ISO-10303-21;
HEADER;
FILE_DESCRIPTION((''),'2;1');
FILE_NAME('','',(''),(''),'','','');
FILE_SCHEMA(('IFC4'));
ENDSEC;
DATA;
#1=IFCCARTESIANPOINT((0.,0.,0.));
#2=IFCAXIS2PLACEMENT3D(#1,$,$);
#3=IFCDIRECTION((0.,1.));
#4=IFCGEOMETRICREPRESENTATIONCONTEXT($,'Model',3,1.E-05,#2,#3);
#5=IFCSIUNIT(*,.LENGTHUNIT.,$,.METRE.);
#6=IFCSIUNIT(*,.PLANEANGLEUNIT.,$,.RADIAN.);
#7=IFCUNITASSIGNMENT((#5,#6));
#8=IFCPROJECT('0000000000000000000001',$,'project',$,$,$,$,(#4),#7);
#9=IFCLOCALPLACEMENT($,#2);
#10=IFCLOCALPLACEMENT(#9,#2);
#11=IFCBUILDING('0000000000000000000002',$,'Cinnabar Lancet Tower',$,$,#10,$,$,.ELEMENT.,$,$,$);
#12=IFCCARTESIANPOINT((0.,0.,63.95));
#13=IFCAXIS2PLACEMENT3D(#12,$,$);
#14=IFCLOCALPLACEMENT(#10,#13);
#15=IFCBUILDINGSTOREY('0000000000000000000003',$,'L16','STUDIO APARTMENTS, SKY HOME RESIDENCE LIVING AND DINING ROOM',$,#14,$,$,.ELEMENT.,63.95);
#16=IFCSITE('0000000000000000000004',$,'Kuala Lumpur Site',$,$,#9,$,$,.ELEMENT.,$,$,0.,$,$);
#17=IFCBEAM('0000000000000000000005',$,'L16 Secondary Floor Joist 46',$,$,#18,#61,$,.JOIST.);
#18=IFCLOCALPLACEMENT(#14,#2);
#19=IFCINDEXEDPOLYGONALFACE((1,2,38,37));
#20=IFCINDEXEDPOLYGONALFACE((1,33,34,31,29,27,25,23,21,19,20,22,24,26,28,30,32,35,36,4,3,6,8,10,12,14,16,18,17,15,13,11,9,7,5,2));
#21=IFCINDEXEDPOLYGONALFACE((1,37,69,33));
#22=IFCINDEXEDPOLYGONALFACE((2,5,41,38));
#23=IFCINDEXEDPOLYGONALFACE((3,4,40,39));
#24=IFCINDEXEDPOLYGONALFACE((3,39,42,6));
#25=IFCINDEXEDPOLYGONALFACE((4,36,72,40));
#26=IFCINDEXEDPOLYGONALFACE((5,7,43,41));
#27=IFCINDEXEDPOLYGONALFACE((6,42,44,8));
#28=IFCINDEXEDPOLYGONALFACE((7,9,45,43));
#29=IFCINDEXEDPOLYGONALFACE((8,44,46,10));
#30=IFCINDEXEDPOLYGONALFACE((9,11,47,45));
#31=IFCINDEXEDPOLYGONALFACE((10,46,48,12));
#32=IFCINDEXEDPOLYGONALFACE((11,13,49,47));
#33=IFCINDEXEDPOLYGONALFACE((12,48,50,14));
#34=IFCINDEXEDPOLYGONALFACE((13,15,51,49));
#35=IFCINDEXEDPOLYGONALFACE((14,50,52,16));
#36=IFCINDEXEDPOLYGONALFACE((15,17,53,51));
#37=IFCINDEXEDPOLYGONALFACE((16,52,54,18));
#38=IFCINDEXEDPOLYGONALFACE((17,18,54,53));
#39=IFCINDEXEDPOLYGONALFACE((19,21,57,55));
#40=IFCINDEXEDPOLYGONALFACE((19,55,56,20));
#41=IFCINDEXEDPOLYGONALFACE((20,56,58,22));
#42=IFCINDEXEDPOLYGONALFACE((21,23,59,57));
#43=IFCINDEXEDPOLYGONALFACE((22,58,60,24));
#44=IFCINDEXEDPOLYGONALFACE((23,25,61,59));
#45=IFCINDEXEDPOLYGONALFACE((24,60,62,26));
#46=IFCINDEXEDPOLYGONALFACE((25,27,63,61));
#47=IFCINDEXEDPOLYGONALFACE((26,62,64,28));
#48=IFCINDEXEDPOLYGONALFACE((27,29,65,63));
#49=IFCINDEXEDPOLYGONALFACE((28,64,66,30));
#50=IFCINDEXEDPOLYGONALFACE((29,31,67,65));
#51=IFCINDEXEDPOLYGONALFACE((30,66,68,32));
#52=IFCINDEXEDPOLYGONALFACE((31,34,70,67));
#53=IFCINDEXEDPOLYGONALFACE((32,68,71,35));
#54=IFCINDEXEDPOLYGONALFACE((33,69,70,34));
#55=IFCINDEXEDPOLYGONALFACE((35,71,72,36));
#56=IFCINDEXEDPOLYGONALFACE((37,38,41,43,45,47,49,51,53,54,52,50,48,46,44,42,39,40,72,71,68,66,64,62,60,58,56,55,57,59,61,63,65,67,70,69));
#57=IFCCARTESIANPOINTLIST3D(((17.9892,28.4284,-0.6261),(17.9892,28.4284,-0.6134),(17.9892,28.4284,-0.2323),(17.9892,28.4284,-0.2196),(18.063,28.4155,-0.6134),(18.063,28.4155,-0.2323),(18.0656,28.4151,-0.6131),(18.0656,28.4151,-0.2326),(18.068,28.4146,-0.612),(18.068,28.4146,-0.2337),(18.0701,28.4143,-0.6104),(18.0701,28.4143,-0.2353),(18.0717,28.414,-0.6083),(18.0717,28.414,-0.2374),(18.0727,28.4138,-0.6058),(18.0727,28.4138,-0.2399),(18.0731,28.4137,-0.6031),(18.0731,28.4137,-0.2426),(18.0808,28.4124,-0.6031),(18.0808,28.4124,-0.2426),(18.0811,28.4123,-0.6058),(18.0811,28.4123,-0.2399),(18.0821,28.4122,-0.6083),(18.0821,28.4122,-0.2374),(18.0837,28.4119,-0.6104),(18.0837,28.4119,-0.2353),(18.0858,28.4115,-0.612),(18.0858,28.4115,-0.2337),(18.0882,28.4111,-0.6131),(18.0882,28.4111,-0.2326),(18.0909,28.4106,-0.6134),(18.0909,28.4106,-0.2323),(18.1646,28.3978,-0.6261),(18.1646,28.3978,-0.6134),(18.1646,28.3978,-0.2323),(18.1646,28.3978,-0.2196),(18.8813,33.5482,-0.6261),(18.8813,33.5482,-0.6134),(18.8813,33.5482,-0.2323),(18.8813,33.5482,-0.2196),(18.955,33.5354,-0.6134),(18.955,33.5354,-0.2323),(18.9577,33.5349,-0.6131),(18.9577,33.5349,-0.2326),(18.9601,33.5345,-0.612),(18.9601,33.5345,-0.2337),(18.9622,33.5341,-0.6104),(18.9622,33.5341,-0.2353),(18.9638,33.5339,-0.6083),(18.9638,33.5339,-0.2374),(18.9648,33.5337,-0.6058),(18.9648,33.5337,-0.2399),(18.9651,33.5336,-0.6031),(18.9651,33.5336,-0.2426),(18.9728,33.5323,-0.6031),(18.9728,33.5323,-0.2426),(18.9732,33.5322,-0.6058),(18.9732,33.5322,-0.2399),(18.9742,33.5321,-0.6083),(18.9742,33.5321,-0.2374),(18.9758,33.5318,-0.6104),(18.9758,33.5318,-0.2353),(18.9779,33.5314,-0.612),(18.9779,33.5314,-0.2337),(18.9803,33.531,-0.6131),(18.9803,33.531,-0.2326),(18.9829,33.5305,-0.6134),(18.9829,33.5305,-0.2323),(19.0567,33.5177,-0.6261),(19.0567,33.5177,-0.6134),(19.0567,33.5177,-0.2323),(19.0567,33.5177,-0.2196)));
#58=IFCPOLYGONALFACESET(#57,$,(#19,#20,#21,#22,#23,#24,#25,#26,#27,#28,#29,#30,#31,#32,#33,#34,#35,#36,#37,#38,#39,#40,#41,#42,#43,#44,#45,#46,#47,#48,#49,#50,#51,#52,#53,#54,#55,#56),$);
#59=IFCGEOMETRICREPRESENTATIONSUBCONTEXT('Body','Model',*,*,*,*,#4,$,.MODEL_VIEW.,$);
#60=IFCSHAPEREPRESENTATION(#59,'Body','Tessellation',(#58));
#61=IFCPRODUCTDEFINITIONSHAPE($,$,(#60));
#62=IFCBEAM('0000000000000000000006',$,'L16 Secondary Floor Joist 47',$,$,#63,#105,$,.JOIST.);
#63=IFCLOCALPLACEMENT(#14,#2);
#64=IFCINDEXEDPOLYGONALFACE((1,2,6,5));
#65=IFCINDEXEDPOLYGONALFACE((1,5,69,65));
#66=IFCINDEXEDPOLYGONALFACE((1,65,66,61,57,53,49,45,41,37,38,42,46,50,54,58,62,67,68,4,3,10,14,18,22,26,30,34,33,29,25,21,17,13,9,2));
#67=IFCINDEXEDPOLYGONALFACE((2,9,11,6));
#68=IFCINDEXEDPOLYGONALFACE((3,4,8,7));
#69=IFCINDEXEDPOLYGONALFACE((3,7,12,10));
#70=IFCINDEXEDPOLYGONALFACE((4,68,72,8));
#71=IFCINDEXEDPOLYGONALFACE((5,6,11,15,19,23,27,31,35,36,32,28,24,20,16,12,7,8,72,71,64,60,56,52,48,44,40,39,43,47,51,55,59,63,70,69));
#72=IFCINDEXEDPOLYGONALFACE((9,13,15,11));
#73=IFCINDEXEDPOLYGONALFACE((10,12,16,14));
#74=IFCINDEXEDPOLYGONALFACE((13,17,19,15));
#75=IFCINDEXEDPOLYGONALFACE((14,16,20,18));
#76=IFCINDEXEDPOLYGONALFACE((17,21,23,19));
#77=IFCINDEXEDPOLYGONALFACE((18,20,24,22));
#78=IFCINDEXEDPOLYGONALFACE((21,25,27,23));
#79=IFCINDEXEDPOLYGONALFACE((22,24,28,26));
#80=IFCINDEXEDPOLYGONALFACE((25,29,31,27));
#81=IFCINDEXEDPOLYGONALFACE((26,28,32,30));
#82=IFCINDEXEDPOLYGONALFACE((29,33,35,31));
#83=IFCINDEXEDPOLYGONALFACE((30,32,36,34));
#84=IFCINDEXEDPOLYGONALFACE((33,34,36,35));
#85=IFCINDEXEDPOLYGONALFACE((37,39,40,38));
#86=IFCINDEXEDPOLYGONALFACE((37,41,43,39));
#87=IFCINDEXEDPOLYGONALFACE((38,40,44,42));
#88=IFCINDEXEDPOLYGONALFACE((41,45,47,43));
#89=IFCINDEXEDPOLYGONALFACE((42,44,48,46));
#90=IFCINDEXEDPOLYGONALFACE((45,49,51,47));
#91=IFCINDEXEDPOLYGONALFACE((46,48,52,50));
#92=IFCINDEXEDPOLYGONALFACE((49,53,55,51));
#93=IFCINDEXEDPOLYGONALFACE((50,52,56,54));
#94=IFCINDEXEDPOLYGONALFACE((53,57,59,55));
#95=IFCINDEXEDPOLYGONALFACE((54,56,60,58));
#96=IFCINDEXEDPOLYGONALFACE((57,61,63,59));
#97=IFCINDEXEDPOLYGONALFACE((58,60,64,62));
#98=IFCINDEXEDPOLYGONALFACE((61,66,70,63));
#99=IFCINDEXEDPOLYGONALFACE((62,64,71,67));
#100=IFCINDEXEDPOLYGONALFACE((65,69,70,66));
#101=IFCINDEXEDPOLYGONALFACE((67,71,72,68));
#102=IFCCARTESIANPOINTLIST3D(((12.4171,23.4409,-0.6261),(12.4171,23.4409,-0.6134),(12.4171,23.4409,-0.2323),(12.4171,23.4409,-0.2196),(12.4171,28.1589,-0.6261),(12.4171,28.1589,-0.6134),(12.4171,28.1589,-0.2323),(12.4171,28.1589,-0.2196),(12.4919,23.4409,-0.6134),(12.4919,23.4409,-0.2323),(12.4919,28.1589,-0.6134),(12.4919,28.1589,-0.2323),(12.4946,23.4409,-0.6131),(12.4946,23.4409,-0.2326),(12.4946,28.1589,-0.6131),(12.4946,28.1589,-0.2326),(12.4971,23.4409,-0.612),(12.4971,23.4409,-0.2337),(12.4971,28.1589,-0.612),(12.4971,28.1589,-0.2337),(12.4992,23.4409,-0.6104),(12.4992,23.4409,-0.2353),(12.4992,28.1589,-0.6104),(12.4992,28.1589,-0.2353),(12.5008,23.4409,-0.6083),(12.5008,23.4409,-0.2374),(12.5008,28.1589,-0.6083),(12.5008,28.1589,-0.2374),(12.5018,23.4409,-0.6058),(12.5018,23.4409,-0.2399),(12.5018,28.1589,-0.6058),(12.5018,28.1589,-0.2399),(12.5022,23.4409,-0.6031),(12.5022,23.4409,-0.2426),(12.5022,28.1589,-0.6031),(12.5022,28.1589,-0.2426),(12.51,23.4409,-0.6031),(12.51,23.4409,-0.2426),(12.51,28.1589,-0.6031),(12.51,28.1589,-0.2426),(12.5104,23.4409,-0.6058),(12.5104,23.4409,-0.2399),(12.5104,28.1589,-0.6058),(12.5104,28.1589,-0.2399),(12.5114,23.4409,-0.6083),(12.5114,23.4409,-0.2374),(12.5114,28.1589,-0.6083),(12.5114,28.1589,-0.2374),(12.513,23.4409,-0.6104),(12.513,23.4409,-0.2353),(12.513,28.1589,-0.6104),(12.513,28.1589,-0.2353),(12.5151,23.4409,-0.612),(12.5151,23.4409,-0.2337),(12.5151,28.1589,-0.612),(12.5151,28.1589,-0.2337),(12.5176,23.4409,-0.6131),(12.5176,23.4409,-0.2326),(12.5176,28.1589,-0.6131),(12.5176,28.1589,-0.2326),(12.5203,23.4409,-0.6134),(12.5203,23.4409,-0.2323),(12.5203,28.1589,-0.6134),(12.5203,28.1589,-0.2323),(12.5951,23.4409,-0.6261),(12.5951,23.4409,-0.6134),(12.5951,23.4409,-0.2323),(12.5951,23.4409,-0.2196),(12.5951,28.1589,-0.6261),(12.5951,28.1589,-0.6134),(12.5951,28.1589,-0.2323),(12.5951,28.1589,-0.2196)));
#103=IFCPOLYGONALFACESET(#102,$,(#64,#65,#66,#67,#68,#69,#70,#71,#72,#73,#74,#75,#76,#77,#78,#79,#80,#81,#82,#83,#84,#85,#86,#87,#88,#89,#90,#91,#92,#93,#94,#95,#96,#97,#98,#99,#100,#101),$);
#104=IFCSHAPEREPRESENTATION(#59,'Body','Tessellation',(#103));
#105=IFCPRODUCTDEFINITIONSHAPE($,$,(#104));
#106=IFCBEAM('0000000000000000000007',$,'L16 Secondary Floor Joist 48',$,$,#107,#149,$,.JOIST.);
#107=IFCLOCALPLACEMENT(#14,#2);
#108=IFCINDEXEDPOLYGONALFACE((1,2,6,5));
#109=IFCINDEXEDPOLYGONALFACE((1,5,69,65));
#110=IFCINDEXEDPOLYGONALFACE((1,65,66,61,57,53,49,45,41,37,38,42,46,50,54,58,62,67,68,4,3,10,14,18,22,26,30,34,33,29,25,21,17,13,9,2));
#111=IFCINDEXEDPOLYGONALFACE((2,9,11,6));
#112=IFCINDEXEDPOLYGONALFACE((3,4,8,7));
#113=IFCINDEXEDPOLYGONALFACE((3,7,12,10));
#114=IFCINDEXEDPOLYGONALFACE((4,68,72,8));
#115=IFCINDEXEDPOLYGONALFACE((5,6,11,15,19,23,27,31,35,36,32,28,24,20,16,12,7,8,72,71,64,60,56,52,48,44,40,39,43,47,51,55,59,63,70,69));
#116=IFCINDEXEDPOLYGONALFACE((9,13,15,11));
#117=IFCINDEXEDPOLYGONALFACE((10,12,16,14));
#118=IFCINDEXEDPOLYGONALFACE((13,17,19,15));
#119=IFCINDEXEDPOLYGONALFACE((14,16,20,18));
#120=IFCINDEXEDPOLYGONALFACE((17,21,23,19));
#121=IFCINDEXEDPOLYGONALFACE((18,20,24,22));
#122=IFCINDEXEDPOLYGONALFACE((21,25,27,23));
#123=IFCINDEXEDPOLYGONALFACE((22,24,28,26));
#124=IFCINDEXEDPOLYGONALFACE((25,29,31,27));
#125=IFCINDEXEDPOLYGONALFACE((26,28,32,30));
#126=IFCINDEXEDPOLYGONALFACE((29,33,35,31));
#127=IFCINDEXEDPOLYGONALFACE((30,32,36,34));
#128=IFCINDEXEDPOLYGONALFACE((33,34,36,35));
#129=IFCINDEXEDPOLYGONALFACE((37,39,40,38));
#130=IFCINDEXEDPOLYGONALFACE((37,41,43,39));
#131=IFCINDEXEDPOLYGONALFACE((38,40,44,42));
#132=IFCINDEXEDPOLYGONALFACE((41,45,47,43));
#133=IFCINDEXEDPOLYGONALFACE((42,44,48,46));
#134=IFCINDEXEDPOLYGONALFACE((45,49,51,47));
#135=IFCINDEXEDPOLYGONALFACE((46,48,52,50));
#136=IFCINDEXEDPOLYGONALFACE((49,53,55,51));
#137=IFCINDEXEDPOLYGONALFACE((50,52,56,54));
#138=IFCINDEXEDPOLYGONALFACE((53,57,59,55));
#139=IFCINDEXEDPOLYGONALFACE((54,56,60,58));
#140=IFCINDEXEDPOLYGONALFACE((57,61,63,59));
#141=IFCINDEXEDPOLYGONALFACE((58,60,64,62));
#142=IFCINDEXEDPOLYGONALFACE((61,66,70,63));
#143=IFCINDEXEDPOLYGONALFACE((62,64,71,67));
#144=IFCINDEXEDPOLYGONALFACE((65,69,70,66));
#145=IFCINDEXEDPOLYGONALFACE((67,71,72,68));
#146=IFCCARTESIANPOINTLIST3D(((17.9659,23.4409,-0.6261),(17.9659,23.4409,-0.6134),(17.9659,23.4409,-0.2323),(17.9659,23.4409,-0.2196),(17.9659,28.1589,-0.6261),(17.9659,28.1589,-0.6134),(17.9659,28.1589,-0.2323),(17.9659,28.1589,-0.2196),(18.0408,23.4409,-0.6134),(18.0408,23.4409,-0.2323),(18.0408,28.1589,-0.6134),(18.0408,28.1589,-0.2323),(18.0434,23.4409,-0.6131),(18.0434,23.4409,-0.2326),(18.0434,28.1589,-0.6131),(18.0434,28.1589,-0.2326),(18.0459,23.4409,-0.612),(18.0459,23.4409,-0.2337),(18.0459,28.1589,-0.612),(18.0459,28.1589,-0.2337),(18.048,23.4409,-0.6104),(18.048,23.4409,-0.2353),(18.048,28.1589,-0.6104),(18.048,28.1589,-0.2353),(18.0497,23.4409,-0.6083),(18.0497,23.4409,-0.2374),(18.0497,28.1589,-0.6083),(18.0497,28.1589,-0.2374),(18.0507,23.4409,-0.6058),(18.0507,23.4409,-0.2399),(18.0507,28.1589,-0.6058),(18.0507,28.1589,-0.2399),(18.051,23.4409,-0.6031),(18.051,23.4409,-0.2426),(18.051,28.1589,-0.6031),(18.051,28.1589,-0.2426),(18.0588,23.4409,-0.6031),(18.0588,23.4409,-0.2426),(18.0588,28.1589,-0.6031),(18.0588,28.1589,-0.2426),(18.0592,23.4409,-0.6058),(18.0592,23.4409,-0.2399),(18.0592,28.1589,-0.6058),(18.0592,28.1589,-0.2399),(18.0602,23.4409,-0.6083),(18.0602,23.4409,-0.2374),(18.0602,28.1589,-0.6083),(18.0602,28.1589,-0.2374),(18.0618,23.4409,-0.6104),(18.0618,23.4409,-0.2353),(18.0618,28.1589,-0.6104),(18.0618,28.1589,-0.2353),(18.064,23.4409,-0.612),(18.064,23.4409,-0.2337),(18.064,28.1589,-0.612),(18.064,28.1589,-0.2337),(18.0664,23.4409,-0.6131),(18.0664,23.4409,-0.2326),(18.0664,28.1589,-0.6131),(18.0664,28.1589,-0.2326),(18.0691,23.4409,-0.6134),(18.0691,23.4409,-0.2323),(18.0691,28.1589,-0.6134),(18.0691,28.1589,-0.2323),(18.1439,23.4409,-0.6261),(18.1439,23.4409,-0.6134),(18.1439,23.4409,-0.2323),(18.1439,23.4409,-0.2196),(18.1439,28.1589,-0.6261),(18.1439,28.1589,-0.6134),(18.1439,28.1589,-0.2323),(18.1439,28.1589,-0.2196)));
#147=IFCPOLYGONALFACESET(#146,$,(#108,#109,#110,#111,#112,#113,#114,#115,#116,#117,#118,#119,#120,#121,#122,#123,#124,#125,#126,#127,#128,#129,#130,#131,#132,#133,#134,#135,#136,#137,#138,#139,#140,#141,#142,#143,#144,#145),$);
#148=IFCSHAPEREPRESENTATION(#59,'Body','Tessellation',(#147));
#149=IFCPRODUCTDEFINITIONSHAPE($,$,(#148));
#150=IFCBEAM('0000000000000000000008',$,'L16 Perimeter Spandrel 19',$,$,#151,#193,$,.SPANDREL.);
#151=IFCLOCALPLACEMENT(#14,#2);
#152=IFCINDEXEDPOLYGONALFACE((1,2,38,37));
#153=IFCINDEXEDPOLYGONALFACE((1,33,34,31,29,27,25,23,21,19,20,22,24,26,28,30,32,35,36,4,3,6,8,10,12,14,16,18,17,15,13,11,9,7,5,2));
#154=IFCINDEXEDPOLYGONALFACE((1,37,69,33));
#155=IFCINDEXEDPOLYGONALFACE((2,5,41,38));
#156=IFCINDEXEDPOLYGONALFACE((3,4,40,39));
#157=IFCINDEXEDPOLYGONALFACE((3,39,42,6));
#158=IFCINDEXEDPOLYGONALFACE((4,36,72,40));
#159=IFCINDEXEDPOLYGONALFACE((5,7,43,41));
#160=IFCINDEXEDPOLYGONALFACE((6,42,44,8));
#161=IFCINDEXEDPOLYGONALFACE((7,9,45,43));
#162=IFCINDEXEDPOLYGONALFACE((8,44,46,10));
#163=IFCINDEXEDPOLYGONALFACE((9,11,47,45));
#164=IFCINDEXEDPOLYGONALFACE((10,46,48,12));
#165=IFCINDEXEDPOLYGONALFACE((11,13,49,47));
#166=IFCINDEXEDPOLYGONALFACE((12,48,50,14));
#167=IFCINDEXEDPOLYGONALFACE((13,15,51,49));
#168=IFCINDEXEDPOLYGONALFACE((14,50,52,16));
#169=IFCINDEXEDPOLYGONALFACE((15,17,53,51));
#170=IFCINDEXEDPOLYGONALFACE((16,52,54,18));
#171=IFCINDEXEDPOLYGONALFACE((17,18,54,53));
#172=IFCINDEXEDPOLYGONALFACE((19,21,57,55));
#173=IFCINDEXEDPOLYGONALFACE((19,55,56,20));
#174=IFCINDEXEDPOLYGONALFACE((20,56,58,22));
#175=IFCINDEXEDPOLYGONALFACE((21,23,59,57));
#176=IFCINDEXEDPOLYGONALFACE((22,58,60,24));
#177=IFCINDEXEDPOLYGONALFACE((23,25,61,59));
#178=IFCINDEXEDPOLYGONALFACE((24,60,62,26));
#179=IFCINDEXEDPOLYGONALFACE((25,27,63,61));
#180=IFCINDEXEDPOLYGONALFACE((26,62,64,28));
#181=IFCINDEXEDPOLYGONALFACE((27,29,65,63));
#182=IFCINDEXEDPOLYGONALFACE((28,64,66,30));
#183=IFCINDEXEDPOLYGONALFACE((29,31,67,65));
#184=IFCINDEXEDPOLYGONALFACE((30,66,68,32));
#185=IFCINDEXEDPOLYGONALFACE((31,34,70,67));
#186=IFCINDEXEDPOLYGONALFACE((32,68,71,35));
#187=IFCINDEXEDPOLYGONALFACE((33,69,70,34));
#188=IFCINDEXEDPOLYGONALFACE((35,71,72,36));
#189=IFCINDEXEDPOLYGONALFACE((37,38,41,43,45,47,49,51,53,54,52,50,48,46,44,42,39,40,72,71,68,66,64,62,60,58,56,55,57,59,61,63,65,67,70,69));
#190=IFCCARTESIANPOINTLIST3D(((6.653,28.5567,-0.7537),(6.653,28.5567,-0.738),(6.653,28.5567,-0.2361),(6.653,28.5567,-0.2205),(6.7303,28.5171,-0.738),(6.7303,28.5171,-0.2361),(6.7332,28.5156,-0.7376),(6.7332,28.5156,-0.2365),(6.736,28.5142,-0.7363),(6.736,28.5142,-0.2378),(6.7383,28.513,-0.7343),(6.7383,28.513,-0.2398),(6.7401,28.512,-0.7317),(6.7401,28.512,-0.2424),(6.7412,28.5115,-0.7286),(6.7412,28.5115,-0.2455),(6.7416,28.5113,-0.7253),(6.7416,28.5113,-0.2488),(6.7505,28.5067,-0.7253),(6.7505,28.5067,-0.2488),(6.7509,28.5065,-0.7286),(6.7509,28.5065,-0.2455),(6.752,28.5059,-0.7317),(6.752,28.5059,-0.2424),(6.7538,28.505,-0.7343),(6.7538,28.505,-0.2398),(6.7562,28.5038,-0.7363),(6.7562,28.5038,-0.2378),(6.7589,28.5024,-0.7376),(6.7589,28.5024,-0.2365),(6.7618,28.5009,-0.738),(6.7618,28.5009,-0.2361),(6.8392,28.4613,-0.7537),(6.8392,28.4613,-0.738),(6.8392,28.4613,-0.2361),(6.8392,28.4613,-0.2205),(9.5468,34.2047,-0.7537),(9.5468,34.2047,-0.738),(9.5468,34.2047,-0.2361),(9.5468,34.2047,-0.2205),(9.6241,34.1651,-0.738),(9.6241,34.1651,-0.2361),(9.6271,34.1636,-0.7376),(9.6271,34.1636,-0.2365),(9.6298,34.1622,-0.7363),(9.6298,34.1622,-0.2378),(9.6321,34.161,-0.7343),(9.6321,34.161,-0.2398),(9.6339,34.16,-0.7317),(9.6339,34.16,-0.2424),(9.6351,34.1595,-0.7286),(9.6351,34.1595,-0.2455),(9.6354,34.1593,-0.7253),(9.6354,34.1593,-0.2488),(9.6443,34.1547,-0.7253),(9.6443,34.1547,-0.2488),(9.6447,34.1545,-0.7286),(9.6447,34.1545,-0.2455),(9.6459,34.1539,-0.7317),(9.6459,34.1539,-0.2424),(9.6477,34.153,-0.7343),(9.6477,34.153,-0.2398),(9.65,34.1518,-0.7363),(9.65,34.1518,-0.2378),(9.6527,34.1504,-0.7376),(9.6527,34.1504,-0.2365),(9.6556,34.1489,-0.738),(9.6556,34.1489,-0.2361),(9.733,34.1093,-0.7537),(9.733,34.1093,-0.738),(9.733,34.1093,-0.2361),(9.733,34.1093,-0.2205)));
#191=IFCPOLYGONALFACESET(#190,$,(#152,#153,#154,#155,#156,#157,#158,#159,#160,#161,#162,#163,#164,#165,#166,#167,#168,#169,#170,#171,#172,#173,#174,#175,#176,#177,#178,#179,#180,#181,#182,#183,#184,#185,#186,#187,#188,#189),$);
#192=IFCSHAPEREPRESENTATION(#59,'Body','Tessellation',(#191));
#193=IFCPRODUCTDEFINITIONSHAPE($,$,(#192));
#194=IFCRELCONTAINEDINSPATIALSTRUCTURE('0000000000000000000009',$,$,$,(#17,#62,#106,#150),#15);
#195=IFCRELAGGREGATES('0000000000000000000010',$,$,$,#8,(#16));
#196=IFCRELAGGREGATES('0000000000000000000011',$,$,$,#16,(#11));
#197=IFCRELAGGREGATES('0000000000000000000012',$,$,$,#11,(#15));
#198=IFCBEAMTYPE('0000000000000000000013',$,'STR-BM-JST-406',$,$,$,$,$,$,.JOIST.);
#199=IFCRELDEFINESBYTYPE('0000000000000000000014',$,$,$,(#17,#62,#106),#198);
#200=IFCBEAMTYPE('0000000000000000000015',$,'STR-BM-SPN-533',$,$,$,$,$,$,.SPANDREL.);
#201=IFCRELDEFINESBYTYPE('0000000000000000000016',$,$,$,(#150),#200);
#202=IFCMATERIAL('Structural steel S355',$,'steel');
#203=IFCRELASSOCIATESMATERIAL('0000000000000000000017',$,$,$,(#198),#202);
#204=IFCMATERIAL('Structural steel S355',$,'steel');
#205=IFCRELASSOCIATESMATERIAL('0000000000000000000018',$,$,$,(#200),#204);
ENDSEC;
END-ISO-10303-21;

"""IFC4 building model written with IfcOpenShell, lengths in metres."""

from ifc_helpers import new_model, si_unit, direction, frame, origin, origin_2d, place, context, subcontext, project, spatial, i_section, extrude, material, material_profile, profile_set, type_object, element, save


model = new_model("IFC4")

# Units and contexts
model_context = context("Model", 3, precision=1e-05, world=origin(), true_north=direction((0.0, 1.0)))
body_context = subcontext(model_context, "Body", "Model", "MODEL_VIEW")
ifc_project = project(units=[si_unit("LENGTHUNIT", "METRE"), si_unit("PLANEANGLEUNIT", "RADIAN")], contexts=[model_context])

# Site, building, storey
site_placement = place(None, origin())
site = spatial("IfcSite", under=ifc_project, at=site_placement, Name="Kuala Lumpur Site", CompositionType="ELEMENT", RefElevation=0.0)
building_placement = place(site_placement, origin())
building = spatial("IfcBuilding", under=site, at=building_placement, Name="Cinnabar Lancet Tower", CompositionType="ELEMENT")
storey_placement = place(building_placement, frame((0.0, 0.0, 63.95)))
storey = spatial("IfcBuildingStorey", under=building, at=storey_placement, Name="L16", Description="STUDIO APARTMENTS, SKY HOME RESIDENCE LIVING AND DINING ROOM", CompositionType="ELEMENT", Elevation=63.95)

# Beams
ifc_material_1 = material(Name="Structural steel S355", Category="steel")
ifc_material_profile_1 = material_profile(ifc_material_1, i_section(OverallWidth=0.178, OverallDepth=0.4065, WebThickness=0.0078, FlangeThickness=0.0127, FilletRadius=0.0103, at=origin_2d()), Name="UKB 406x178x60")
ifc_profile_set_1 = profile_set([ifc_material_profile_1], Name="Structural steel S355")
beam_type_1 = type_object("IfcBeamType", Name="STR-BM-JST-406", PredefinedType="JOIST", material=ifc_profile_set_1)
beam_1_placement = place(storey_placement, frame((18.969, 33.533, -0.4229), z_axis=(-0.171654, -0.985157, 0.0), x_axis=(0.985157, -0.171654, 0.0)))
element("IfcBeam", 1, at=beam_1_placement, inside=storey, type_object=beam_type_1, Name="L16 Secondary Floor Joist 46", PredefinedType="JOIST", context=body_context, shape_type="SweptSolid", body=[
    extrude(i_section(OverallWidth=0.178, OverallDepth=0.4065, WebThickness=0.0078, FlangeThickness=0.0127, FilletRadius=0.0103, at=origin_2d()), origin(), (0.0, 0.0, 1.0), 5.197),
])
for number, where, z_axis, x_axis, name in (
    (2, (12.5061, 28.1589, -0.4229), (0.0, -1.0, 0.0), (1.0, 0.0, 0.0), "L16 Secondary Floor Joist 47"),
    (3, (18.0549, 28.1589, -0.4229), (0.0, -1.0, 0.0), (1.0, 0.0, 0.0), "L16 Secondary Floor Joist 48"),
):
    element("IfcBeam", number, at=place(storey_placement, frame(where, z_axis=z_axis, x_axis=x_axis)), inside=storey, type_object=beam_type_1, Name=name, PredefinedType="JOIST", context=body_context, shape_type="SweptSolid", body=[
        extrude(i_section(OverallWidth=0.178, OverallDepth=0.4065, WebThickness=0.0078, FlangeThickness=0.0127, FilletRadius=0.0103, at=origin_2d()), origin(), (0.0, 0.0, 1.0), 4.718),
    ])
ifc_material_2 = material(Name="Structural steel S355", Category="steel")
ifc_material_profile_2 = material_profile(ifc_material_2, i_section(OverallWidth=0.2092, OverallDepth=0.5332, WebThickness=0.01, FlangeThickness=0.0156, FilletRadius=0.0127, at=origin_2d()), Name="UKB 533x210x92")
ifc_profile_set_2 = profile_set([ifc_material_profile_2], Name="Structural steel S355")
beam_type_2 = type_object("IfcBeamType", Name="STR-BM-SPN-533", PredefinedType="SPANDREL", material=ifc_profile_set_2)
beam_2_placement = place(storey_placement, frame((9.6399, 34.157, -0.4871), z_axis=(-0.455994, -0.889983, 0.0), x_axis=(0.889983, -0.455994, 0.0)))
element("IfcBeam", 4, at=beam_2_placement, inside=storey, type_object=beam_type_2, Name="L16 Perimeter Spandrel 19", PredefinedType="SPANDREL", context=body_context, shape_type="SweptSolid", body=[
    extrude(i_section(OverallWidth=0.2092, OverallDepth=0.5332, WebThickness=0.01, FlangeThickness=0.0156, FilletRadius=0.0127, at=origin_2d()), origin(), (0.0, 0.0, 1.0), 6.3462),
])

save(model, "model.ifc")
